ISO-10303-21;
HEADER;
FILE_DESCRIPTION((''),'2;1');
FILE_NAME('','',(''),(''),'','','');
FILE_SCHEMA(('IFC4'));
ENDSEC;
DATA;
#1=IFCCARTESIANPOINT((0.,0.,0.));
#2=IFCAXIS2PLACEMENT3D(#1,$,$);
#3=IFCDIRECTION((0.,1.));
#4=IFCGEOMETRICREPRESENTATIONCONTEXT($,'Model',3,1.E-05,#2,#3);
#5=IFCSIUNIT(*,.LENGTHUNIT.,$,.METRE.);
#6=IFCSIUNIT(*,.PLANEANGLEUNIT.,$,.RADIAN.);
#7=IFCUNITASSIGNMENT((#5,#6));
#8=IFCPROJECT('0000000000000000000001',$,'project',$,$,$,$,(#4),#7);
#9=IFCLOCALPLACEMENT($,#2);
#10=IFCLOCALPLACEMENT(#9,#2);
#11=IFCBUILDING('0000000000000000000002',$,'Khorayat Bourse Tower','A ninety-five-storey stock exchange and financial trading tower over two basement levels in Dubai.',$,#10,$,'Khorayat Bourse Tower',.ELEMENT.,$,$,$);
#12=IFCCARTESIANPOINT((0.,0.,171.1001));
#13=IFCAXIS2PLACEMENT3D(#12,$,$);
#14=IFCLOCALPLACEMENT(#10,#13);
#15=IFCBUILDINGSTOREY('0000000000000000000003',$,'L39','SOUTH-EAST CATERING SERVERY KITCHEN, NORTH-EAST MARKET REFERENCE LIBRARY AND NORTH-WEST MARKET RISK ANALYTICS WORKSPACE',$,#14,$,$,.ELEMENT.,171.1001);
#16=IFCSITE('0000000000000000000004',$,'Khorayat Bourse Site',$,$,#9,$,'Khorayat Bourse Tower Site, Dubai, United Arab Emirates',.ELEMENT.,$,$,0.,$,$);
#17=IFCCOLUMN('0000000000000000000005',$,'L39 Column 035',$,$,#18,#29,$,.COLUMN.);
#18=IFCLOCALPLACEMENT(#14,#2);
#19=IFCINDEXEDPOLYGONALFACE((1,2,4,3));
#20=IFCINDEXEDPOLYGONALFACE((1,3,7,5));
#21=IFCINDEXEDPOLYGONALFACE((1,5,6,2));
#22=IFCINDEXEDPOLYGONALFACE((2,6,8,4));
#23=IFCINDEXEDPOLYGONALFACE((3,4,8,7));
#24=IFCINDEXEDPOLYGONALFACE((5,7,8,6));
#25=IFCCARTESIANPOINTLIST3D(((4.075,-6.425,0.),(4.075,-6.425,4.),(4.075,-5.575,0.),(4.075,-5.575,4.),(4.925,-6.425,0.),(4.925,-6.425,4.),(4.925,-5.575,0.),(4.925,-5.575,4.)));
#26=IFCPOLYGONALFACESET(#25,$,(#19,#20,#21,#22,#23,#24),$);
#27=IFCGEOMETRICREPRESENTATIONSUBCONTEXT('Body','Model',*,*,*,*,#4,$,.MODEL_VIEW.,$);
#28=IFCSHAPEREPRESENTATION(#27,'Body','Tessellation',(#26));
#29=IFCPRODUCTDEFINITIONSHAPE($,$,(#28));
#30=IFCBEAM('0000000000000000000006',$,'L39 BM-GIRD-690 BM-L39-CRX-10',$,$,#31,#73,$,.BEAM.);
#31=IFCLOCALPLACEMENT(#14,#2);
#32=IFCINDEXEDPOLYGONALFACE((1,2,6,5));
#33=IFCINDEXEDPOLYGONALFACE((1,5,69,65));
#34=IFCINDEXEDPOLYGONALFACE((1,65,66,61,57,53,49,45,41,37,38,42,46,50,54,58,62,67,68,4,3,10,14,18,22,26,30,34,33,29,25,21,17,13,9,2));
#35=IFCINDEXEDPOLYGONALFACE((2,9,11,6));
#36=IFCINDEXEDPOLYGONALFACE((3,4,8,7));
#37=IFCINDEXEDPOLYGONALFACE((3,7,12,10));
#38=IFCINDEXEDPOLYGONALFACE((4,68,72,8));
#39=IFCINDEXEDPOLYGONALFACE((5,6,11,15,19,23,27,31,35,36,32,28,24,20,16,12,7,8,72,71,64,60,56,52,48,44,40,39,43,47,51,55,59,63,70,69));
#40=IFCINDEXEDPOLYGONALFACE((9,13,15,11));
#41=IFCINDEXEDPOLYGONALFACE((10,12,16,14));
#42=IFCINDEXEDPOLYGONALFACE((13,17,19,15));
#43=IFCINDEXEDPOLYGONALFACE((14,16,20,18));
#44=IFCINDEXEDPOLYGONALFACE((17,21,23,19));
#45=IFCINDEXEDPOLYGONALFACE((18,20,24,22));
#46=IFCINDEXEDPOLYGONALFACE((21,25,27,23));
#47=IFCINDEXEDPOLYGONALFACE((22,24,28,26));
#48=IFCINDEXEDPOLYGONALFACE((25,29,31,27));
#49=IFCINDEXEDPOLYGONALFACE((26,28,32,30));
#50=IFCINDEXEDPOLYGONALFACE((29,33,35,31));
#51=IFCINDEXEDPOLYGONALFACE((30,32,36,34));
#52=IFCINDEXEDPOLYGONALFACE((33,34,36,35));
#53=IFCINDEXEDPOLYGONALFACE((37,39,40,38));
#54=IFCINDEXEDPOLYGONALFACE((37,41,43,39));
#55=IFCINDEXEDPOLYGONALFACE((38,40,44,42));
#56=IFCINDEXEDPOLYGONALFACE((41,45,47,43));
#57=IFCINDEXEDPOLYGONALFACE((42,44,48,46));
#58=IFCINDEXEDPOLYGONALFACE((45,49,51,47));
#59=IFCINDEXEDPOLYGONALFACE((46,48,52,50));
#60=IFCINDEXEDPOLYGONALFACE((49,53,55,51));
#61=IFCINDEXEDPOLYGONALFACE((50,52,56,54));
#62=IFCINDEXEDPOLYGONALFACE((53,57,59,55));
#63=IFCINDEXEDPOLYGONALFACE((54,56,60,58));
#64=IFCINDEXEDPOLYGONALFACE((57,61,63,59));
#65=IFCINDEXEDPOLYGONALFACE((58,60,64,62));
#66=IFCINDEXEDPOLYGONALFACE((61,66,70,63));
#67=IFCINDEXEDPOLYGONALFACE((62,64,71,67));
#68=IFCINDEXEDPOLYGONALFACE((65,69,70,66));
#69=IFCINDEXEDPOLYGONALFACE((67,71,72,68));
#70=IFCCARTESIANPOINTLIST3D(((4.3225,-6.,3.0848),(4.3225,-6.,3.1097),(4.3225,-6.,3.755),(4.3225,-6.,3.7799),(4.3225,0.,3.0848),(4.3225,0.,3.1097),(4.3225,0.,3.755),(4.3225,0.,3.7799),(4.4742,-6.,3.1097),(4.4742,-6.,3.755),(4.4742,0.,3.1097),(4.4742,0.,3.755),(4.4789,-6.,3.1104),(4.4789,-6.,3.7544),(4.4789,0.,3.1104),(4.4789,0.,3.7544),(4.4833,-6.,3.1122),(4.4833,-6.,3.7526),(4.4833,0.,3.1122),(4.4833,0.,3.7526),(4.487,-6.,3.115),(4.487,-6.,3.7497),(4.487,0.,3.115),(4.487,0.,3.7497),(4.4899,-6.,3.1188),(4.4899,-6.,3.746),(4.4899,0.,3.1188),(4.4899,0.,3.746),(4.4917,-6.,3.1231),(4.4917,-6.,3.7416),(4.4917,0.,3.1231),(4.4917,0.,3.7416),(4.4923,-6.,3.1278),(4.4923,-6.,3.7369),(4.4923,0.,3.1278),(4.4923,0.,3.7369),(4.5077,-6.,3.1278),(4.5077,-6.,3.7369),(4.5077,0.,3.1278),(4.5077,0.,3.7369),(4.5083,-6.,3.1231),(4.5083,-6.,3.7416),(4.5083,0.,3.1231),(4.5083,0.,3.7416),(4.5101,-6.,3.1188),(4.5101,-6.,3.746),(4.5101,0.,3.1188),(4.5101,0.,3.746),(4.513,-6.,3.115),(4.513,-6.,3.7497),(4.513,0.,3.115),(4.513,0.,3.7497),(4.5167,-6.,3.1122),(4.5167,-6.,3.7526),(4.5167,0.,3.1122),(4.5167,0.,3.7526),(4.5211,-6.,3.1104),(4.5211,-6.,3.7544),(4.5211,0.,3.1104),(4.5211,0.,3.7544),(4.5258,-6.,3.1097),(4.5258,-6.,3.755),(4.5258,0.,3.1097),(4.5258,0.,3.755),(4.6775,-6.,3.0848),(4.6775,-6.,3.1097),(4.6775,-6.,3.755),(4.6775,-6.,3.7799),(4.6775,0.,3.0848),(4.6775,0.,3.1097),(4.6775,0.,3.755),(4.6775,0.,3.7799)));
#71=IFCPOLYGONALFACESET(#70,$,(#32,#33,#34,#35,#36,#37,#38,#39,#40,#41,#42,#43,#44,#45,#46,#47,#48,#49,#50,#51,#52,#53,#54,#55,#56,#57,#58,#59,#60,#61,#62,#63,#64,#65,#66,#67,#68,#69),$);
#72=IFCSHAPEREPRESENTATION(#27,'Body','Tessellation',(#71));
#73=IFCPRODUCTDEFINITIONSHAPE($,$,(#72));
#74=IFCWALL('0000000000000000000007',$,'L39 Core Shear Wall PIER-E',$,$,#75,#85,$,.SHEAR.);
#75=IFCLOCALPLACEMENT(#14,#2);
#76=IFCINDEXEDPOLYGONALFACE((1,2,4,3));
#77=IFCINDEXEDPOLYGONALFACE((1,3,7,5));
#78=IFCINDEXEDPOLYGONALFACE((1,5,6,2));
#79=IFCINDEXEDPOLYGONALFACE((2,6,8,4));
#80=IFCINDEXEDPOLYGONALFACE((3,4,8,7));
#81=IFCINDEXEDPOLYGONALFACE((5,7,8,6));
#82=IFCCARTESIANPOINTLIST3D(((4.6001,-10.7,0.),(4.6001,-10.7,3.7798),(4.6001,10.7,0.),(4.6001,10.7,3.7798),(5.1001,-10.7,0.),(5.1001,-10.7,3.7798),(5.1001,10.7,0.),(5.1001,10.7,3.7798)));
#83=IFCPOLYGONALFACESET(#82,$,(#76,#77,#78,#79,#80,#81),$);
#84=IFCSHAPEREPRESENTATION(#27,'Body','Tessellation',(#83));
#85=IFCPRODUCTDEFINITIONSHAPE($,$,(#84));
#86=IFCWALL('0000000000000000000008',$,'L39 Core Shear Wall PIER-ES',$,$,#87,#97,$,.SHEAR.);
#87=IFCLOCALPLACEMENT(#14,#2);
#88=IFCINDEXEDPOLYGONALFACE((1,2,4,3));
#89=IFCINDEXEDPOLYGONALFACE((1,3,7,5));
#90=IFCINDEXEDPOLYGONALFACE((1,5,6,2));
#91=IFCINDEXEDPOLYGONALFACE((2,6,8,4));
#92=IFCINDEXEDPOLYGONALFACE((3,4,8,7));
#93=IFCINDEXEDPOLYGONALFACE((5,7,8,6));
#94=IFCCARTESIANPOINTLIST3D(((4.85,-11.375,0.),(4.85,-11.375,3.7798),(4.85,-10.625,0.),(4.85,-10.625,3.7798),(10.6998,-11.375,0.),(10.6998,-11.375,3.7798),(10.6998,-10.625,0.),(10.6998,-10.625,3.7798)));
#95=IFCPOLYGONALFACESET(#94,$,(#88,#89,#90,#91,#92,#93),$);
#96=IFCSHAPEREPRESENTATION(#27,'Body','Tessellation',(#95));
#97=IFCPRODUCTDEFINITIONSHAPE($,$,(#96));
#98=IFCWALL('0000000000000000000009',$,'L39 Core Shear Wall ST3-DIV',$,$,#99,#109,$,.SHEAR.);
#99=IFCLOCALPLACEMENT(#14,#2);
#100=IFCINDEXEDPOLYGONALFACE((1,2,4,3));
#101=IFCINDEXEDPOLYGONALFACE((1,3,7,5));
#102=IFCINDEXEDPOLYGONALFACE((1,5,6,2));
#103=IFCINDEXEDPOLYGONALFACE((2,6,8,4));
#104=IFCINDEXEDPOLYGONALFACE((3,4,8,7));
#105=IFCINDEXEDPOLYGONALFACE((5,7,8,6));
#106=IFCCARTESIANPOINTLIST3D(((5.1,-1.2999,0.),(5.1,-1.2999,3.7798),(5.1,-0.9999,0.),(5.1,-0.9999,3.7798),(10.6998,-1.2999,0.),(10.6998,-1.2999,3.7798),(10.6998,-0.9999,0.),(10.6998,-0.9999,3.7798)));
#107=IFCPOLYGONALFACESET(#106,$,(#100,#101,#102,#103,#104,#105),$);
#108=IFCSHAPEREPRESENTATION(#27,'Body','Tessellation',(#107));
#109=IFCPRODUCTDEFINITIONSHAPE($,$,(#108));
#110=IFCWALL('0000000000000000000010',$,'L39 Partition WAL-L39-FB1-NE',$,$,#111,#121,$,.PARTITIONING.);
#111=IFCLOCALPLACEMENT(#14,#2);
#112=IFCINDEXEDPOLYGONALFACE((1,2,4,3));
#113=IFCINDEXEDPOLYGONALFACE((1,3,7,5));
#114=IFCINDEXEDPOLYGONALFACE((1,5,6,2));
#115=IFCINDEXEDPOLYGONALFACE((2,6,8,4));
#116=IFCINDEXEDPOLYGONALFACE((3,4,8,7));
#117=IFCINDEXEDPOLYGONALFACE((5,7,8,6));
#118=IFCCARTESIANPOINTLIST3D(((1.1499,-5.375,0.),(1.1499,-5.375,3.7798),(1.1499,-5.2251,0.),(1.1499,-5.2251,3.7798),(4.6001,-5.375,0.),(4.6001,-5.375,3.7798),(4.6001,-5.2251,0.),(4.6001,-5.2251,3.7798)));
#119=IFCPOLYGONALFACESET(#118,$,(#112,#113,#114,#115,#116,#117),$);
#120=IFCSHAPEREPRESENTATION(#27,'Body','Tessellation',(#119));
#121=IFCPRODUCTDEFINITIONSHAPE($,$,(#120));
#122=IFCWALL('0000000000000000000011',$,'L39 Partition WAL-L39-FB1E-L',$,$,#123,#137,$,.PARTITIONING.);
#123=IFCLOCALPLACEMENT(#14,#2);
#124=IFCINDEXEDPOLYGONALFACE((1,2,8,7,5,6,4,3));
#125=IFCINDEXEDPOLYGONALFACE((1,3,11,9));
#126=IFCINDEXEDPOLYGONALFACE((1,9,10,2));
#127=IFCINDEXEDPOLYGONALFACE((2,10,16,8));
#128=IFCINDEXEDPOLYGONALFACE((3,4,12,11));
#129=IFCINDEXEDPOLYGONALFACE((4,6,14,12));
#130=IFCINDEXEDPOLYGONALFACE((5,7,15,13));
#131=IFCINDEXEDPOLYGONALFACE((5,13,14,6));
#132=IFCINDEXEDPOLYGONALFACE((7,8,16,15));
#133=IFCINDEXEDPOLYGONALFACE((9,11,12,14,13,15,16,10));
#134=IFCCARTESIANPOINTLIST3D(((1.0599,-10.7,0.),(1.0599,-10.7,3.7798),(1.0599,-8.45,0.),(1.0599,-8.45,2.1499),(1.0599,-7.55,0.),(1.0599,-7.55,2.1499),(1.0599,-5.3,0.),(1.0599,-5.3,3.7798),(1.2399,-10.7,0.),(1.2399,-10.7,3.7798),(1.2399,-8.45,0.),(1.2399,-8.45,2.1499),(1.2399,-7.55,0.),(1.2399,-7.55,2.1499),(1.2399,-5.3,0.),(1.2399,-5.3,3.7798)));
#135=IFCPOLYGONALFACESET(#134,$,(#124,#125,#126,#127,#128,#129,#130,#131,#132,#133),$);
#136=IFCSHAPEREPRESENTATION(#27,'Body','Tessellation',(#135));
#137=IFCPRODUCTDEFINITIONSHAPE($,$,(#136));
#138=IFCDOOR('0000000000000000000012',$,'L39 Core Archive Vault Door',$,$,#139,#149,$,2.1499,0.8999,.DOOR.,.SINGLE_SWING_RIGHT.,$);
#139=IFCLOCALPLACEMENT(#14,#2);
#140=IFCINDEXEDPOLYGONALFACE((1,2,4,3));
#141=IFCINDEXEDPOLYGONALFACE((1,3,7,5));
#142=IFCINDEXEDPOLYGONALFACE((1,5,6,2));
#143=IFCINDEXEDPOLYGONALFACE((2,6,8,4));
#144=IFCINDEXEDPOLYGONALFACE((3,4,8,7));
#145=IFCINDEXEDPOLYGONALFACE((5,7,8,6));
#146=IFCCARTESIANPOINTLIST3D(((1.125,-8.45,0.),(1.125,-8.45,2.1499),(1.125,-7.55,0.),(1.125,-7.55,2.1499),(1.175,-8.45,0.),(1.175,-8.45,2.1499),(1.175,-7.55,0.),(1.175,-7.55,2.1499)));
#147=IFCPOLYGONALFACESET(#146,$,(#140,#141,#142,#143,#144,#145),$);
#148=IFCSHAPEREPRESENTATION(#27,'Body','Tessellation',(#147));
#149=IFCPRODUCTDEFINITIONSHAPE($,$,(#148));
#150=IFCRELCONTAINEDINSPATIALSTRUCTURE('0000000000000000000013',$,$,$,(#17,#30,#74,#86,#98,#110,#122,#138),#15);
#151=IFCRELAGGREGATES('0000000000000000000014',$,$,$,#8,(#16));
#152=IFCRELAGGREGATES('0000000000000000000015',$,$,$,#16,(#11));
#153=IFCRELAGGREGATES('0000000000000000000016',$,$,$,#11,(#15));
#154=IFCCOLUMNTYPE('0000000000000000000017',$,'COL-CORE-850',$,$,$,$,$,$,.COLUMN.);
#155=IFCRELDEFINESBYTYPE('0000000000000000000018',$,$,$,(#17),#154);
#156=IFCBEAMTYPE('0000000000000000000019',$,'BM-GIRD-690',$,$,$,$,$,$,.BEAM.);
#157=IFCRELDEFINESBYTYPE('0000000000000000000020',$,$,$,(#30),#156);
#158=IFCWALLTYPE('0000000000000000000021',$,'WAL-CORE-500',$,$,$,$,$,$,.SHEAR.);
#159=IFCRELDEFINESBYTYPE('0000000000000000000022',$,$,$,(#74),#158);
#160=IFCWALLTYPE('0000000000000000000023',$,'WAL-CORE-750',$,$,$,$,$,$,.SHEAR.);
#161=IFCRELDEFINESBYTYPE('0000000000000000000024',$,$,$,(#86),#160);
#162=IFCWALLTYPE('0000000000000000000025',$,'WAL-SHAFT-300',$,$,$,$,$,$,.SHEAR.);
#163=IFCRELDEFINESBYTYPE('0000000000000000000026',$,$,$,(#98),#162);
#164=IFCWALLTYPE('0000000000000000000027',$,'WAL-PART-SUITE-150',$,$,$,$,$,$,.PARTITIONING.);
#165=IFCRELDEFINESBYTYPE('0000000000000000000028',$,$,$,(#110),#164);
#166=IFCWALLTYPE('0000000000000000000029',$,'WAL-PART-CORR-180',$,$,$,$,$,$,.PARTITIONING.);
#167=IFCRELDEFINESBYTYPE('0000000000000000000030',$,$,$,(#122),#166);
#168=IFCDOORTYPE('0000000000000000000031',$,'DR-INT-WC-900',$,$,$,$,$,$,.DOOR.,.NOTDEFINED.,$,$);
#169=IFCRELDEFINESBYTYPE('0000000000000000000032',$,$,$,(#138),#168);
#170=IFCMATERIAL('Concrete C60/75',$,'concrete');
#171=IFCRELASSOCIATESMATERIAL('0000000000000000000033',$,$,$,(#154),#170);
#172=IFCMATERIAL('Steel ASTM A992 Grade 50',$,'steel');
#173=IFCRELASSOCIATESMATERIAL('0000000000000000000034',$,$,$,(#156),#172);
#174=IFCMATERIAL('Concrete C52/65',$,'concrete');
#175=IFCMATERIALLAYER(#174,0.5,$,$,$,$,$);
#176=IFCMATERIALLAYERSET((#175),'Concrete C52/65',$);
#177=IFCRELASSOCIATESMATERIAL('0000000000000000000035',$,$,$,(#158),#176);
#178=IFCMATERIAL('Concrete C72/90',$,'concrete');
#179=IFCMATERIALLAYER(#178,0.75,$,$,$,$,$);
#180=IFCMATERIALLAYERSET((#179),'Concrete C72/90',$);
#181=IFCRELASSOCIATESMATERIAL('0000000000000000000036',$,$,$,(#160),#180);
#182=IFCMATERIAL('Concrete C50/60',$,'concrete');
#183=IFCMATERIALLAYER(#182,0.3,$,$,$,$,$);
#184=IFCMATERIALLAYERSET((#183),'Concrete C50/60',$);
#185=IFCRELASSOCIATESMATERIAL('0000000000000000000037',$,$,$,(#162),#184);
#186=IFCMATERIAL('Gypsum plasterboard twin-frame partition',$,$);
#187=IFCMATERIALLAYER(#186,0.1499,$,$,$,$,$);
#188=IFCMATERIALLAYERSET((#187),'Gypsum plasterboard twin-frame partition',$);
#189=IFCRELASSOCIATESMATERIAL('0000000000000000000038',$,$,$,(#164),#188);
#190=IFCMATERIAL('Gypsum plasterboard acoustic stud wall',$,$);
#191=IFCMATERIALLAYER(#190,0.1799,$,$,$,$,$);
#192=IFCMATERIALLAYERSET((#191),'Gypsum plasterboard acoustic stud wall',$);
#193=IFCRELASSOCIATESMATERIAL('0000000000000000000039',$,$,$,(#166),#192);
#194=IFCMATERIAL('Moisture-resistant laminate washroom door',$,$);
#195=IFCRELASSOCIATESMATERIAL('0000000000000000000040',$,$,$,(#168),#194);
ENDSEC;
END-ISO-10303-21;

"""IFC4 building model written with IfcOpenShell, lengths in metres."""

from ifc_helpers import new_model, si_unit, direction, frame, frame_2d, origin, origin_2d, place, context, subcontext, project, spatial, rectangle, i_section, extrude, source, transform, mapped, material, layer, layer_set, material_profile, profile_set, type_object, element, fill, save


model = new_model("IFC4")

# Units and contexts
model_context = context("Model", 3, precision=1e-05, world=origin(), true_north=direction((0.0, 1.0)))
body_context = subcontext(model_context, "Body", "Model", "MODEL_VIEW")
ifc_project = project(units=[si_unit("LENGTHUNIT", "METRE"), si_unit("PLANEANGLEUNIT", "RADIAN")], contexts=[model_context])

# Site, building, storey
site_placement = place(None, origin())
site = spatial("IfcSite", under=ifc_project, at=site_placement, Name="Khorayat Bourse Site", LongName="Khorayat Bourse Tower Site, Dubai, United Arab Emirates", CompositionType="ELEMENT", RefElevation=0.0)
building_placement = place(site_placement, origin())
building = spatial("IfcBuilding", under=site, at=building_placement, Name="Khorayat Bourse Tower", Description="A ninety-five-storey stock exchange and financial trading tower over two basement levels in Dubai.", LongName="Khorayat Bourse Tower", CompositionType="ELEMENT")
storey_placement = place(building_placement, frame((0.0, 0.0, 171.1001)))
storey = spatial("IfcBuildingStorey", under=building, at=storey_placement, Name="L39", Description="SOUTH-EAST CATERING SERVERY KITCHEN, NORTH-EAST MARKET REFERENCE LIBRARY AND NORTH-WEST MARKET RISK ANALYTICS WORKSPACE", CompositionType="ELEMENT", Elevation=171.1001)

# Column
ifc_material_1 = material(Name="Concrete C60/75", Category="concrete")
ifc_material_profile_1 = material_profile(ifc_material_1, rectangle(XDim=0.8501, YDim=0.8501, at=origin_2d()), Name="RC 850x850")
ifc_profile_set_1 = profile_set([ifc_material_profile_1], Name="Concrete C60/75")
column_type = type_object("IfcColumnType", Name="COL-CORE-850", PredefinedType="COLUMN", material=ifc_profile_set_1)
shared_shape_1 = source(origin(), body_context, "Body", "SweptSolid", [
    extrude(rectangle(XDim=0.8501, YDim=0.8501, at=origin_2d()), origin(), (0.0, 0.0, 1.0), 4.0),
])
column_placement = place(storey_placement, frame((4.5, -6.0, 0.0), z_axis=(0.0, 0.0, 1.0), x_axis=(1.0, 0.0, 0.0)))
element("IfcColumn", 1, at=column_placement, inside=storey, type_object=column_type, Name="L39 Column 035", PredefinedType="COLUMN", context=body_context, shape_type="MappedRepresentation", body=[
    mapped(shared_shape_1, transform((0.0, 0.0, 0.0), scale=1.0)),
])

# Beam
ifc_material_2 = material(Name="Steel ASTM A992 Grade 50", Category="steel")
ifc_material_profile_2 = material_profile(ifc_material_2, i_section(OverallWidth=0.355, OverallDepth=0.6951, WebThickness=0.0154, FlangeThickness=0.0249, FilletRadius=0.0181, at=origin_2d()), Name="W690X217")
ifc_profile_set_2 = profile_set([ifc_material_profile_2], Name="Steel ASTM A992 Grade 50")
beam_type = type_object("IfcBeamType", Name="BM-GIRD-690", PredefinedType="BEAM", material=ifc_profile_set_2)
shared_shape_2 = source(origin(), body_context, "Body", "SweptSolid", [
    extrude(i_section(OverallWidth=0.355, OverallDepth=0.6951, WebThickness=0.0154, FlangeThickness=0.0249, FilletRadius=0.0181, at=origin_2d()), origin(), (0.0, 0.0, 1.0), 6.0),
])
beam_placement = place(storey_placement, frame((4.5, -6.0, 3.4324), z_axis=(0.0, 1.0, 0.0), x_axis=(-1.0, 0.0, 0.0)))
element("IfcBeam", 2, at=beam_placement, inside=storey, type_object=beam_type, Name="L39 BM-GIRD-690 BM-L39-CRX-10", PredefinedType="BEAM", context=body_context, shape_type="MappedRepresentation", body=[
    mapped(shared_shape_2, transform((0.0, 0.0, 0.0), scale=1.0)),
])

# Walls
ifc_material_3 = material(Name="Concrete C52/65", Category="concrete")
ifc_layer_1 = layer(ifc_material_3, 0.5)
ifc_layer_set_1 = layer_set([ifc_layer_1], Name="Concrete C52/65")
wall_type_1 = type_object("IfcWallType", Name="WAL-CORE-500", PredefinedType="SHEAR", material=ifc_layer_set_1)
shared_shape_3 = source(origin(), body_context, "Body", "SweptSolid", [
    extrude(rectangle(XDim=21.3999, YDim=0.5, at=frame_2d((10.7, 0.0))), origin(), (0.0, 0.0, 1.0), 3.7798),
])
wall_1_placement = place(storey_placement, frame((4.8501, -10.7, 0.0), z_axis=(0.0, 0.0, 1.0), x_axis=(0.0, 1.0, 0.0)))
element("IfcWall", 3, at=wall_1_placement, inside=storey, type_object=wall_type_1, Name="L39 Core Shear Wall PIER-E", PredefinedType="SHEAR", context=body_context, shape_type="MappedRepresentation", body=[
    mapped(shared_shape_3, transform((0.0, 0.0, 0.0), scale=1.0)),
])
ifc_material_4 = material(Name="Concrete C72/90", Category="concrete")
ifc_layer_2 = layer(ifc_material_4, 0.75)
ifc_layer_set_2 = layer_set([ifc_layer_2], Name="Concrete C72/90")
wall_type_2 = type_object("IfcWallType", Name="WAL-CORE-750", PredefinedType="SHEAR", material=ifc_layer_set_2)
shared_shape_4 = source(origin(), body_context, "Body", "SweptSolid", [
    extrude(rectangle(XDim=5.8499, YDim=0.75, at=frame_2d((2.9248, 0.0))), origin(), (0.0, 0.0, 1.0), 3.7798),
])
wall_2_placement = place(storey_placement, frame((4.8501, -11.0, 0.0), z_axis=(0.0, 0.0, 1.0), x_axis=(1.0, 0.0, 0.0)))
element("IfcWall", 4, at=wall_2_placement, inside=storey, type_object=wall_type_2, Name="L39 Core Shear Wall PIER-ES", PredefinedType="SHEAR", context=body_context, shape_type="MappedRepresentation", body=[
    mapped(shared_shape_4, transform((0.0, 0.0, 0.0), scale=1.0)),
])
ifc_material_5 = material(Name="Concrete C50/60", Category="concrete")
ifc_layer_3 = layer(ifc_material_5, 0.3)
ifc_layer_set_3 = layer_set([ifc_layer_3], Name="Concrete C50/60")
wall_type_3 = type_object("IfcWallType", Name="WAL-SHAFT-300", PredefinedType="SHEAR", material=ifc_layer_set_3)
shared_shape_5 = source(origin(), body_context, "Body", "SweptSolid", [
    extrude(rectangle(XDim=5.5999, YDim=0.3, at=frame_2d((2.7998, 0.0))), origin(), (0.0, 0.0, 1.0), 3.7798),
])
wall_3_placement = place(storey_placement, frame((5.1001, -1.1499, 0.0), z_axis=(0.0, 0.0, 1.0), x_axis=(1.0, 0.0, 0.0)))
element("IfcWall", 5, at=wall_3_placement, inside=storey, type_object=wall_type_3, Name="L39 Core Shear Wall ST3-DIV", PredefinedType="SHEAR", context=body_context, shape_type="MappedRepresentation", body=[
    mapped(shared_shape_5, transform((0.0, 0.0, 0.0), scale=1.0)),
])
ifc_material_6 = material(Name="Gypsum plasterboard twin-frame partition")
ifc_layer_4 = layer(ifc_material_6, 0.1499)
ifc_layer_set_4 = layer_set([ifc_layer_4], Name="Gypsum plasterboard twin-frame partition")
wall_type_4 = type_object("IfcWallType", Name="WAL-PART-SUITE-150", PredefinedType="PARTITIONING", material=ifc_layer_set_4)
shared_shape_6 = source(origin(), body_context, "Body", "SweptSolid", [
    extrude(rectangle(XDim=3.4502, YDim=0.1499, at=frame_2d((1.7251, 0.0))), origin(), (0.0, 0.0, 1.0), 3.7798),
])
wall_4_placement = place(storey_placement, frame((1.1499, -5.3, 0.0), z_axis=(0.0, 0.0, 1.0), x_axis=(1.0, 0.0, 0.0)))
element("IfcWall", 6, at=wall_4_placement, inside=storey, type_object=wall_type_4, Name="L39 Partition WAL-L39-FB1-NE", PredefinedType="PARTITIONING", context=body_context, shape_type="MappedRepresentation", body=[
    mapped(shared_shape_6, transform((0.0, 0.0, 0.0), scale=1.0)),
])

# Shared definitions
ifc_material_7 = material(Name="Gypsum plasterboard acoustic stud wall")
ifc_layer_5 = layer(ifc_material_7, 0.1799)
ifc_layer_set_5 = layer_set([ifc_layer_5], Name="Gypsum plasterboard acoustic stud wall")
wall_type_5 = type_object("IfcWallType", Name="WAL-PART-CORR-180", PredefinedType="PARTITIONING", material=ifc_layer_set_5)
shared_shape_7 = source(origin(), body_context, "Body", "SweptSolid", [
    extrude(rectangle(XDim=5.3999, YDim=0.1799, at=frame_2d((2.7, 0.0))), origin(), (0.0, 0.0, 1.0), 3.7798),
])
shared_shape_8 = source(origin(), body_context, "Body", "SweptSolid", [
    extrude(rectangle(XDim=0.8999, YDim=2.1499, at=frame_2d((0.45, 1.075))), frame((0.0, 0.0999, 0.0), z_axis=(0.0, -1.0, 0.0), x_axis=(1.0, 0.0, 0.0)), (0.0, 0.0, 1.0), 0.2),
])
ifc_material_8 = material(Name="Moisture-resistant laminate washroom door")
door_type = type_object("IfcDoorType", Name="DR-INT-WC-900", OperationType="NOTDEFINED", PredefinedType="DOOR", material=ifc_material_8)
shared_shape_9 = source(origin(), body_context, "Body", "SweptSolid", [
    extrude(rectangle(XDim=0.8999, YDim=2.1499, at=frame_2d((0.45, 1.075))), frame((0.0, 0.0249, 0.0), z_axis=(0.0, -1.0, 0.0), x_axis=(1.0, 0.0, 0.0)), (0.0, 0.0, 1.0), 0.05),
])

# Wall, opening, door
wall_5_placement = place(storey_placement, frame((1.1499, -10.7, 0.0), z_axis=(0.0, 0.0, 1.0), x_axis=(0.0, 1.0, 0.0)))
wall_5 = element("IfcWall", 7, at=wall_5_placement, inside=storey, type_object=wall_type_5, Name="L39 Partition WAL-L39-FB1E-L", PredefinedType="PARTITIONING", context=body_context, shape_type="MappedRepresentation", body=[
    mapped(shared_shape_7, transform((0.0, 0.0, 0.0), scale=1.0)),
])
opening_1_placement = place(wall_5_placement, frame((2.25, 0.0, 0.0)))
opening_1 = element("IfcOpeningElement", 8, at=opening_1_placement, cuts=wall_5, PredefinedType="OPENING", context=body_context, shape_type="MappedRepresentation", body=[
    mapped(shared_shape_8, transform((0.0, 0.0, 0.0), scale=1.0)),
])
door_1_placement = place(opening_1_placement, origin())
door_1 = element("IfcDoor", 9, at=door_1_placement, inside=storey, type_object=door_type, Name="L39 Core Archive Vault Door", OperationType="SINGLE_SWING_RIGHT", OverallHeight=2.1499, OverallWidth=0.8999, PredefinedType="DOOR", context=body_context, shape_type="MappedRepresentation", body=[
    mapped(shared_shape_9, transform((0.0, 0.0, 0.0), scale=1.0)),
])
fill(opening_1, door_1)

save(model, "model.ifc")
